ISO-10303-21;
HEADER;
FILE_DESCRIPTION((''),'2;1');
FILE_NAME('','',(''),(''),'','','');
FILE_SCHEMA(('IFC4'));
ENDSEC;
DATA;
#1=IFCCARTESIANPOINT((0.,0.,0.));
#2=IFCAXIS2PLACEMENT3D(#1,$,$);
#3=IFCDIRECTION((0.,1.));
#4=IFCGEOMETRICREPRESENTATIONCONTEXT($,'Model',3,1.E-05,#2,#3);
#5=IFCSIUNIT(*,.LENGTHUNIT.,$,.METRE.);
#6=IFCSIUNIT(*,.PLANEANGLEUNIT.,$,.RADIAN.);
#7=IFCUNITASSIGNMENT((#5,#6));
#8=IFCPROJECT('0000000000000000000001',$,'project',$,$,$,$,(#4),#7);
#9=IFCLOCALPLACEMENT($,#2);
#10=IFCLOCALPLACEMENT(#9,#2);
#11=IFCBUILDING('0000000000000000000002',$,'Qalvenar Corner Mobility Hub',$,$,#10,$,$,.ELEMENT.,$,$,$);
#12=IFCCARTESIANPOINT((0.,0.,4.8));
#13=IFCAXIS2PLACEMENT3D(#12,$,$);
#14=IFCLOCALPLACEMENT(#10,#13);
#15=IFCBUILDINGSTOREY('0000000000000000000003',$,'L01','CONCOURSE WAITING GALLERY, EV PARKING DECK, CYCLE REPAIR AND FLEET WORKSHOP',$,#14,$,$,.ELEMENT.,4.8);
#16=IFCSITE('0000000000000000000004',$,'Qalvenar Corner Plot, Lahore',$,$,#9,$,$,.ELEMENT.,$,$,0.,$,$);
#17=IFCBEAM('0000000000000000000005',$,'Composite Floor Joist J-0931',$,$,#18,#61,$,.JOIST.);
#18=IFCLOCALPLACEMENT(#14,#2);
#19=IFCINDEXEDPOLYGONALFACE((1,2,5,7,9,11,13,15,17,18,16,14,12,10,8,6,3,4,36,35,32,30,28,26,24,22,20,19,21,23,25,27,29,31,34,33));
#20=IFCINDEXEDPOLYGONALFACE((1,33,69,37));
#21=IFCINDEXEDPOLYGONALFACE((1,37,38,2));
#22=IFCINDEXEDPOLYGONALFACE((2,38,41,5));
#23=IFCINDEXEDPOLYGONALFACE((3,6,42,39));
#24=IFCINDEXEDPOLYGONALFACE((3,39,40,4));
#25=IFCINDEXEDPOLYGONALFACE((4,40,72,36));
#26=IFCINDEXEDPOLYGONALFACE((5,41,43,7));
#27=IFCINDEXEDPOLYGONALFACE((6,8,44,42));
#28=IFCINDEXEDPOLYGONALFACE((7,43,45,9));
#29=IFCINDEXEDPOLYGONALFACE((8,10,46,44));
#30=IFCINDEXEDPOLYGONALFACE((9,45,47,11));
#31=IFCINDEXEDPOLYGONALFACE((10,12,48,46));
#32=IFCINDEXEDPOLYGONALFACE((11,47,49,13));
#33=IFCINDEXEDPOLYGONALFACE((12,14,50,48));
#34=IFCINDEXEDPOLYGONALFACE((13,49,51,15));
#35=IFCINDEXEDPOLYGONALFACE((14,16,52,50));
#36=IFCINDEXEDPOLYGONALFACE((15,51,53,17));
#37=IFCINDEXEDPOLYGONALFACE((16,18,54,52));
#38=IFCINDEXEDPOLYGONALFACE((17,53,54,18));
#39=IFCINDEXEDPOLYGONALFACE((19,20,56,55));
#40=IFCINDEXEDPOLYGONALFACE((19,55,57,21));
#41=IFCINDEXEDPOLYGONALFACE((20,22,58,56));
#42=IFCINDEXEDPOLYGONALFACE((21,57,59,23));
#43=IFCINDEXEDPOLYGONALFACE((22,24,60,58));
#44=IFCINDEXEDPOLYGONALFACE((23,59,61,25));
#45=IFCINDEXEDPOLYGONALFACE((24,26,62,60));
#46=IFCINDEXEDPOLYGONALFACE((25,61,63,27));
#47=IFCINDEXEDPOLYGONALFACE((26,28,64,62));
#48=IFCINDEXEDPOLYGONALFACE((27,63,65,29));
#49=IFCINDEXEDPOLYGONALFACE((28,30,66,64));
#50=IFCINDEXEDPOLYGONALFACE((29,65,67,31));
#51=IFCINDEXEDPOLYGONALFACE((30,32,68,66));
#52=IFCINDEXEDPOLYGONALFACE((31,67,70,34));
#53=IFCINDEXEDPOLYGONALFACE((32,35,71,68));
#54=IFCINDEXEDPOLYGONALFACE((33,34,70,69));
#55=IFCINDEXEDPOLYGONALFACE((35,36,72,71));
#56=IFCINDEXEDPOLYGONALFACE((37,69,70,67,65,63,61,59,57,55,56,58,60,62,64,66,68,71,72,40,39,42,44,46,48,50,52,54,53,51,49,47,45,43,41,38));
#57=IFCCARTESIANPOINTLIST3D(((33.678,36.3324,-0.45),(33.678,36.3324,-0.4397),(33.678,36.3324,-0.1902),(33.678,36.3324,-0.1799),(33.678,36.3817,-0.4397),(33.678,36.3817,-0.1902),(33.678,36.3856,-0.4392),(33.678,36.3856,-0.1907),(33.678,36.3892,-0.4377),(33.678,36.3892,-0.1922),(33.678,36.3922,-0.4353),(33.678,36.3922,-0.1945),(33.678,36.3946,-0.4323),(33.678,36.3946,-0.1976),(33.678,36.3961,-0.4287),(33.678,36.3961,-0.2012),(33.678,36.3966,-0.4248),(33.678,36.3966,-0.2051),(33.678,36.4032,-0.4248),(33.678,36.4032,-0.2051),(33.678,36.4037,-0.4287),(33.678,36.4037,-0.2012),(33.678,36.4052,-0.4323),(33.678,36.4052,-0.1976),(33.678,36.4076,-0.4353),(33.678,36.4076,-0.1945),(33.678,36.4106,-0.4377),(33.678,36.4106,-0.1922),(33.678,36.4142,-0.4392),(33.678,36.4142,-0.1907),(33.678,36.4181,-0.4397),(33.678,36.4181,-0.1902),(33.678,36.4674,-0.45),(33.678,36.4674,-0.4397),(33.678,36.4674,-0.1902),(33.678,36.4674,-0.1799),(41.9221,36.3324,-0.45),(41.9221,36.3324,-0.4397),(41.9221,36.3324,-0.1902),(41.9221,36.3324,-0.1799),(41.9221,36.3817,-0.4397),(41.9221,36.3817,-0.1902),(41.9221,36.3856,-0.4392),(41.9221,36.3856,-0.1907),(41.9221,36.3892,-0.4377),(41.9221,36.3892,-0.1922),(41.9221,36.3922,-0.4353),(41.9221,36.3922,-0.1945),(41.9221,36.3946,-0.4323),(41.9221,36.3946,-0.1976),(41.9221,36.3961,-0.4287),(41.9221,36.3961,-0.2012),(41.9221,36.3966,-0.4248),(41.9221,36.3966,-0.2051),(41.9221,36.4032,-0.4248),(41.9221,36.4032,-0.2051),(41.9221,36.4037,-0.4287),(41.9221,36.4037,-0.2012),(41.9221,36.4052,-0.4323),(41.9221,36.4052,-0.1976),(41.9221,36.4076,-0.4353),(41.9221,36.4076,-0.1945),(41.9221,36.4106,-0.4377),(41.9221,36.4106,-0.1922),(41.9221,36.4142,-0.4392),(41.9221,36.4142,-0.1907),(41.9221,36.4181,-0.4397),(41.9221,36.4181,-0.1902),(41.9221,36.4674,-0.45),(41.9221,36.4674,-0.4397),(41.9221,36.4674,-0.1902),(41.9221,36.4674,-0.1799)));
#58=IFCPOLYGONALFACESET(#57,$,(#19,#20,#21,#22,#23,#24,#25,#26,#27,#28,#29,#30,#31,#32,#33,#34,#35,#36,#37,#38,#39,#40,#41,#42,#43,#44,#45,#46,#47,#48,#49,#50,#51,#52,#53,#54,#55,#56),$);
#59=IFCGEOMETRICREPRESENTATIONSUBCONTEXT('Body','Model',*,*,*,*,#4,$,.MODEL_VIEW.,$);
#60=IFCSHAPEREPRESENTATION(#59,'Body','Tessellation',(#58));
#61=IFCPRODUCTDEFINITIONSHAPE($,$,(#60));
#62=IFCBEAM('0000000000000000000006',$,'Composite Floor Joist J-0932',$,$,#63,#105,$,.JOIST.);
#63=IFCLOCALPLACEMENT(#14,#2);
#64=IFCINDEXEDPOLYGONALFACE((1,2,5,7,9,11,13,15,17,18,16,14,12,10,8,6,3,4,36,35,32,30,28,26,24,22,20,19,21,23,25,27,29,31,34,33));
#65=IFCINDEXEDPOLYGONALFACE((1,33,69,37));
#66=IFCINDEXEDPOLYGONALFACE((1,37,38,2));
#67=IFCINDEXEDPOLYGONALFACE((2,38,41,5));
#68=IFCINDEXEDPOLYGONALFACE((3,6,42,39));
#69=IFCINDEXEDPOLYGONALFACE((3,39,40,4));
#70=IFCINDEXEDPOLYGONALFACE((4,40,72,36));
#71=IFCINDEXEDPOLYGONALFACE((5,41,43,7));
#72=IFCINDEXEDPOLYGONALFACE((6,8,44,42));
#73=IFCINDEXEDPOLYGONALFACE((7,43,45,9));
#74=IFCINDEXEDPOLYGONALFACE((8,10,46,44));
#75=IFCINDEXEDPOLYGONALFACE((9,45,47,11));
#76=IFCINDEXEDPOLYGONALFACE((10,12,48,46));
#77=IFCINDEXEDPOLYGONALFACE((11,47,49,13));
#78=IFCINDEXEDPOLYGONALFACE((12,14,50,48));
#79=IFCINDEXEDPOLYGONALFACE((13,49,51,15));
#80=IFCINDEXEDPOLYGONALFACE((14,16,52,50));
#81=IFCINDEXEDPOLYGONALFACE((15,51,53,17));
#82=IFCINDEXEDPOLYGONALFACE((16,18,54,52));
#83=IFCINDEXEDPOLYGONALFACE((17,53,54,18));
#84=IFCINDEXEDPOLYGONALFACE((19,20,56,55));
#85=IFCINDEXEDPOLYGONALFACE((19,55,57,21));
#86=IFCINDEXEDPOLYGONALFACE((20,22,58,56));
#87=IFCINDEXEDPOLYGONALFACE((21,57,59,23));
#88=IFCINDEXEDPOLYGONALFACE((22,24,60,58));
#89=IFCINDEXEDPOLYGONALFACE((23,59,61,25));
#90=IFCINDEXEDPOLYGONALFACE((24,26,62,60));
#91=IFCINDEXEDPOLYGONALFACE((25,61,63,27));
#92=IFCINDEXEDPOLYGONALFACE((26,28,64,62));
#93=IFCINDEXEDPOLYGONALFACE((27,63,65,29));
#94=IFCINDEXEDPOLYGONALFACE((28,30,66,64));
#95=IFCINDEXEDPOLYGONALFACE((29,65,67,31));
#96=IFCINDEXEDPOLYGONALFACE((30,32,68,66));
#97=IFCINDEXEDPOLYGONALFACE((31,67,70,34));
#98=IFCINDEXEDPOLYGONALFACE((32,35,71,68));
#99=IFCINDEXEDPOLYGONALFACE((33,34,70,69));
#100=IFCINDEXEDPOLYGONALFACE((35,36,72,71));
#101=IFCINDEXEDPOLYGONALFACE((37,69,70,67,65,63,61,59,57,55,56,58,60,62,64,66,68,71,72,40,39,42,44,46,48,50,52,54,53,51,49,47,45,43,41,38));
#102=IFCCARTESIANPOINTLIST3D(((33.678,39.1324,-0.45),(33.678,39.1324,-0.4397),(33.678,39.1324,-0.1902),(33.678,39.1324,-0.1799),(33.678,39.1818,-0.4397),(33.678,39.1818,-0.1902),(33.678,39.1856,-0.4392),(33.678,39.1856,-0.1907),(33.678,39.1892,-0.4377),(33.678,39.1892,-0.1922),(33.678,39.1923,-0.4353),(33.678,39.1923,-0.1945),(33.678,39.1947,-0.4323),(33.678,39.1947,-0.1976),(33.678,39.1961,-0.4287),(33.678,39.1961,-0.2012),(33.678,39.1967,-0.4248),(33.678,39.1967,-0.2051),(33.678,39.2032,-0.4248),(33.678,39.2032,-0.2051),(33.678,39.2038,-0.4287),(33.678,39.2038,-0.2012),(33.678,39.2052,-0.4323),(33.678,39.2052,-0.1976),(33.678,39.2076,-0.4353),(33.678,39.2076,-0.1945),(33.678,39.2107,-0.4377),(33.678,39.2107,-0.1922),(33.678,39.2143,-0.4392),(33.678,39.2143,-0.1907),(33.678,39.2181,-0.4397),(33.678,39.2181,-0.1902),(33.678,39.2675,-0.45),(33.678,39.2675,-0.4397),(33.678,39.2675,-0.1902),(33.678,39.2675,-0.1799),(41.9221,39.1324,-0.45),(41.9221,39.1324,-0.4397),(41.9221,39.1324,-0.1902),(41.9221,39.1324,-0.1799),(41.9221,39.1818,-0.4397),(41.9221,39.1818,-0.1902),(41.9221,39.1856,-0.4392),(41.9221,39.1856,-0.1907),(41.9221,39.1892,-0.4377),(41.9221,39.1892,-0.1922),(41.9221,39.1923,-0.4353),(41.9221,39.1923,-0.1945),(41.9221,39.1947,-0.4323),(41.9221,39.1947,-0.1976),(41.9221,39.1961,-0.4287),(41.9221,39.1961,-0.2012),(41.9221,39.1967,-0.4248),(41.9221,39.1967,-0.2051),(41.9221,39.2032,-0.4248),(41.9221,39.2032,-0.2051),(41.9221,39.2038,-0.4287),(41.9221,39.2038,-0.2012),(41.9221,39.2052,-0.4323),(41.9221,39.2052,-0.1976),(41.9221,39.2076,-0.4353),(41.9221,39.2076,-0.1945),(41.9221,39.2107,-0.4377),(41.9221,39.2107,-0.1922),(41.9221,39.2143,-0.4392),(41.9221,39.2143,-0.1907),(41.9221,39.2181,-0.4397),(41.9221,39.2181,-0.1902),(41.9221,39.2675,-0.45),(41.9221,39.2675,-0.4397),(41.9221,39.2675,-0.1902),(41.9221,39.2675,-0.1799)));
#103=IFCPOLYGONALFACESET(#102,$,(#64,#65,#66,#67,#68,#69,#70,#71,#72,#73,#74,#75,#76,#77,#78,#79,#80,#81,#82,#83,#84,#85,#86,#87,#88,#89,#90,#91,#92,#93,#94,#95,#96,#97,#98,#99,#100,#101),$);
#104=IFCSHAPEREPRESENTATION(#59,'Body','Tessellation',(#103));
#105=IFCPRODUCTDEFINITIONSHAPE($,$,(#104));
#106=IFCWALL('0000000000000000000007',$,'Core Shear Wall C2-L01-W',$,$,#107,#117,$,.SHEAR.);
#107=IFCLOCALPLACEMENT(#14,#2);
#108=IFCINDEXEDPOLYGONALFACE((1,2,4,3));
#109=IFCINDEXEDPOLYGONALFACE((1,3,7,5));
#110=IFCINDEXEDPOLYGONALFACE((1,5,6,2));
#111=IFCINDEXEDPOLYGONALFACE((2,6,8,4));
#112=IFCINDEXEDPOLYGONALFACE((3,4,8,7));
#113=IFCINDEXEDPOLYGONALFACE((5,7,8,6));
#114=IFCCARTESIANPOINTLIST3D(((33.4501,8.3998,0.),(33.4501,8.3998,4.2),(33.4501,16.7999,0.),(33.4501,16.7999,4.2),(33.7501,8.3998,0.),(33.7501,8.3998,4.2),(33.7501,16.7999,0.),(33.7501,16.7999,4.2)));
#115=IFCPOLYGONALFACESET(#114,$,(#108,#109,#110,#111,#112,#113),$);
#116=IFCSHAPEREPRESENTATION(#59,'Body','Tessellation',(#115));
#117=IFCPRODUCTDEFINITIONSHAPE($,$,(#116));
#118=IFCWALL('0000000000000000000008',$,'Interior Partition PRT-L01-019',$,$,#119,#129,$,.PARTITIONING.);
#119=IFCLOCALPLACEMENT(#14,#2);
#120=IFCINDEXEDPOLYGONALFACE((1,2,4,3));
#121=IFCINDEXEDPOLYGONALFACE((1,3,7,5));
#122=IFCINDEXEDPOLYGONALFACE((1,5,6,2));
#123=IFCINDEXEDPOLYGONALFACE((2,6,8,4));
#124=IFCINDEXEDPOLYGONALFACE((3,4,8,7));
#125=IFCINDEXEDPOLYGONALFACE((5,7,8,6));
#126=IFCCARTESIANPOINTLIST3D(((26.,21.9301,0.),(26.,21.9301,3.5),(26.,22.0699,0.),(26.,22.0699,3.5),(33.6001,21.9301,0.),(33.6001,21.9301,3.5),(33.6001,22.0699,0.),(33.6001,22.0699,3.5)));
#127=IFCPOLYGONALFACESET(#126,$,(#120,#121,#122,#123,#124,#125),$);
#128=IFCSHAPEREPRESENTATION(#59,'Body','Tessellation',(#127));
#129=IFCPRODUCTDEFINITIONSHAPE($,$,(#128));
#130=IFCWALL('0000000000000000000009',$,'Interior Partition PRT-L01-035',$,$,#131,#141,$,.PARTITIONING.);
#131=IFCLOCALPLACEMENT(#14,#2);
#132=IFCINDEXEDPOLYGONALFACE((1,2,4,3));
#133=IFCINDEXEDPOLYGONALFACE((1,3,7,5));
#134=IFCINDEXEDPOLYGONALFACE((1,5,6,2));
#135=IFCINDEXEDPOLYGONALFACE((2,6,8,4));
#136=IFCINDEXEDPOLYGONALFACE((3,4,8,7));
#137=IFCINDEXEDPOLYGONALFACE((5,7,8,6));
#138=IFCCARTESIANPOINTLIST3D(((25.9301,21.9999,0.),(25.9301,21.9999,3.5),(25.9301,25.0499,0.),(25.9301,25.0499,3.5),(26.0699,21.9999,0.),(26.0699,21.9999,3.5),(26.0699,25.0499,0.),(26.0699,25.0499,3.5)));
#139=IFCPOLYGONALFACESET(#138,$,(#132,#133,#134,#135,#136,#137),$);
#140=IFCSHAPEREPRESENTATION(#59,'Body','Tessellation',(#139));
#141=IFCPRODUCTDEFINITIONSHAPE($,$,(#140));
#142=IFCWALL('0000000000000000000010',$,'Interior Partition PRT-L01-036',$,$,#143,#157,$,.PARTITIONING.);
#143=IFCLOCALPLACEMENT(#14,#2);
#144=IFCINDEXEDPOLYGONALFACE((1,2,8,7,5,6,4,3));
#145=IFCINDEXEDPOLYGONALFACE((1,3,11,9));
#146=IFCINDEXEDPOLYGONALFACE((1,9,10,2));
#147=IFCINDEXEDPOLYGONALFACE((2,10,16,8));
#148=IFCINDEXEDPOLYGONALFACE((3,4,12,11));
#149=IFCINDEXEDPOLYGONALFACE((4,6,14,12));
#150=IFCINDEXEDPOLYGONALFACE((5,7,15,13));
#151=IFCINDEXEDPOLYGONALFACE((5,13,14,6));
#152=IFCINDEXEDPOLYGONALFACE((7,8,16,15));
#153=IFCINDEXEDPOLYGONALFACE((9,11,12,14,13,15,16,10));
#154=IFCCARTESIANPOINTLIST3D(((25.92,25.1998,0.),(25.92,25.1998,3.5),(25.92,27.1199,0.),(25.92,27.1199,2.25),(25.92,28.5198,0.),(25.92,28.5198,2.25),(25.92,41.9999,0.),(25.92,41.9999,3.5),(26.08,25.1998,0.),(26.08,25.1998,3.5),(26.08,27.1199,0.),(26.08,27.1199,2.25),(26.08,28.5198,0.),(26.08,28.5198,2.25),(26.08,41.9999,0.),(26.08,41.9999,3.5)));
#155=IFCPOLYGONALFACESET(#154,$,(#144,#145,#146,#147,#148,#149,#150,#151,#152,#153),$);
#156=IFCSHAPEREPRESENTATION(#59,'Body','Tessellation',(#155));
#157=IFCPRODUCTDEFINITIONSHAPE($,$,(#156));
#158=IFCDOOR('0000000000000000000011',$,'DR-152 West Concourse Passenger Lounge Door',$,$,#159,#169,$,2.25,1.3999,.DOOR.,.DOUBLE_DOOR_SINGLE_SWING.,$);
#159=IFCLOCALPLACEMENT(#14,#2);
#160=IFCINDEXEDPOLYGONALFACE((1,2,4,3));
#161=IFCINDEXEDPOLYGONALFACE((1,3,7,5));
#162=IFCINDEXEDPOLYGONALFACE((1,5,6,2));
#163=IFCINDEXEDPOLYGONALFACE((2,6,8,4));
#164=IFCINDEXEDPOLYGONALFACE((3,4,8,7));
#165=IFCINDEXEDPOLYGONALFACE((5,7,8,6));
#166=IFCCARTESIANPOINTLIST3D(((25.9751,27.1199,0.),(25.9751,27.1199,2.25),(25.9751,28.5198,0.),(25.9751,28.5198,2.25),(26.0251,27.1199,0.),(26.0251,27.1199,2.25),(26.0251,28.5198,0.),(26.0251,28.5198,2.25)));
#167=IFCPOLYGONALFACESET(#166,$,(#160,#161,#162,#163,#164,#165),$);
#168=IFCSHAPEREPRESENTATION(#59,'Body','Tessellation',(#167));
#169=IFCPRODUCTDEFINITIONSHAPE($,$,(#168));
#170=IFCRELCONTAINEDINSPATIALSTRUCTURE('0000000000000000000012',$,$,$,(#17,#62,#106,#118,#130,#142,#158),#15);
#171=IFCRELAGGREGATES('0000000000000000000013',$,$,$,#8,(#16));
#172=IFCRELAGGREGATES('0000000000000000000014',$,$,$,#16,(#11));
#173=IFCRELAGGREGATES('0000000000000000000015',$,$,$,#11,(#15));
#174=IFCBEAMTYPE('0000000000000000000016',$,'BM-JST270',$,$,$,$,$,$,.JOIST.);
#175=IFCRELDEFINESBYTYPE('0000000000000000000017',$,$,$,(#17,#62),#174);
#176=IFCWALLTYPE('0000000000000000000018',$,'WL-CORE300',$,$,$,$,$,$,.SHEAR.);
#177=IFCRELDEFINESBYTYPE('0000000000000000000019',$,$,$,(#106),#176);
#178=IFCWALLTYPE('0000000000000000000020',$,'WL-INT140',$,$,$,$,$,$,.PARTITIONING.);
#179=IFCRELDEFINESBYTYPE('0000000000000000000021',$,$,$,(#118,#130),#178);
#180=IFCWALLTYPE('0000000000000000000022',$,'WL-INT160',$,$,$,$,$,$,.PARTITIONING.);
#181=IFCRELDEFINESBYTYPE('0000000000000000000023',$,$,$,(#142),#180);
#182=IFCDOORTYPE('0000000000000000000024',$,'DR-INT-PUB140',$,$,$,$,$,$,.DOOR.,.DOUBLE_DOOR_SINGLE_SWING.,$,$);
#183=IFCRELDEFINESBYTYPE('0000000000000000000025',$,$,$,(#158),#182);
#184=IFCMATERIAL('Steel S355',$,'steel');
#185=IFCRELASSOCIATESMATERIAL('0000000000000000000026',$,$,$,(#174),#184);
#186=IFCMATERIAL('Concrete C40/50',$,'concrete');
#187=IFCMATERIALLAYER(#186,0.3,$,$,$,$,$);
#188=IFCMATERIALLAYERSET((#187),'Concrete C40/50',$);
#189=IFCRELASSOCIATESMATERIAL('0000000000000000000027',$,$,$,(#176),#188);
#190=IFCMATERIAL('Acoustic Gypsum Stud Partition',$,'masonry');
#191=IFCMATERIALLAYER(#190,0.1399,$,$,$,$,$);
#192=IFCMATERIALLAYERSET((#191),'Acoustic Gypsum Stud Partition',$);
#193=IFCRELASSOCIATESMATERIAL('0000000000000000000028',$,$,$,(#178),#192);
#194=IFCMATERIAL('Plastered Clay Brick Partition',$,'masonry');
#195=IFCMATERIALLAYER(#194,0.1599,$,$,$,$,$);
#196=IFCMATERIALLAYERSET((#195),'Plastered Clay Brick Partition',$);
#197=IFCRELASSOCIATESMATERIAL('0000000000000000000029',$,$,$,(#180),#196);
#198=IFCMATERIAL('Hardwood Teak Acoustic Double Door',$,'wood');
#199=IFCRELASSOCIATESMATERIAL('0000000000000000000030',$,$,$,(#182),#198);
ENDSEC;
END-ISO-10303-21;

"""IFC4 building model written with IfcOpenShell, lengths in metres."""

from ifc_helpers import new_model, si_unit, direction, frame, frame_2d, origin, origin_2d, place, context, subcontext, project, spatial, rectangle, i_section, extrude, material, layer, layer_set, material_profile, profile_set, type_object, element, fill, save


model = new_model("IFC4")

# Units and contexts
model_context = context("Model", 3, precision=1e-05, world=origin(), true_north=direction((0.0, 1.0)))
body_context = subcontext(model_context, "Body", "Model", "MODEL_VIEW")
ifc_project = project(units=[si_unit("LENGTHUNIT", "METRE"), si_unit("PLANEANGLEUNIT", "RADIAN")], contexts=[model_context])

# Site, building, storey
site_placement = place(None, origin())
site = spatial("IfcSite", under=ifc_project, at=site_placement, Name="Qalvenar Corner Plot, Lahore", CompositionType="ELEMENT", RefElevation=0.0)
building_placement = place(site_placement, origin())
building = spatial("IfcBuilding", under=site, at=building_placement, Name="Qalvenar Corner Mobility Hub", CompositionType="ELEMENT")
storey_placement = place(building_placement, frame((0.0, 0.0, 4.8)))
storey = spatial("IfcBuildingStorey", under=building, at=storey_placement, Name="L01", Description="CONCOURSE WAITING GALLERY, EV PARKING DECK, CYCLE REPAIR AND FLEET WORKSHOP", CompositionType="ELEMENT", Elevation=4.8)

# Shared definitions
ifc_material_1 = material(Name="Steel S355", Category="steel")

# Beams
ifc_material_profile_1 = material_profile(ifc_material_1, i_section(OverallWidth=0.135, OverallDepth=0.27, WebThickness=0.0066, FlangeThickness=0.0103, FilletRadius=0.0149, at=origin_2d()), Name="IPE270")
ifc_profile_set_1 = profile_set([ifc_material_profile_1], Name="Steel S355")
beam_type_1 = type_object("IfcBeamType", Name="BM-JST270", PredefinedType="JOIST", material=ifc_profile_set_1)
for number, where, z_axis, x_axis, name in (
    (1, (33.678, 36.3999, -0.3149), (1.0, 0.0, 0.0), (0.0, 1.0, 0.0), "Composite Floor Joist J-0931"),
    (2, (33.678, 39.2, -0.3149), (1.0, 0.0, 0.0), (0.0, 1.0, 0.0), "Composite Floor Joist J-0932"),
):
    element("IfcBeam", number, at=place(storey_placement, frame(where, z_axis=z_axis, x_axis=x_axis)), inside=storey, type_object=beam_type_1, Name=name, PredefinedType="JOIST", context=body_context, shape_type="SweptSolid", body=[
        extrude(i_section(OverallWidth=0.135, OverallDepth=0.27, WebThickness=0.0066, FlangeThickness=0.0103, FilletRadius=0.0149, at=origin_2d()), origin(), (0.0, 0.0, 1.0), 8.2441),
    ])

# Walls
ifc_material_2 = material(Name="Concrete C40/50", Category="concrete")
ifc_layer_1 = layer(ifc_material_2, 0.3)
ifc_layer_set_1 = layer_set([ifc_layer_1], Name="Concrete C40/50")
wall_type_1 = type_object("IfcWallType", Name="WL-CORE300", PredefinedType="SHEAR", material=ifc_layer_set_1)
wall_1_placement = place(storey_placement, frame((33.6001, 16.8, 0.0), z_axis=(0.0, 0.0, 1.0), x_axis=(0.0, -1.0, 0.0)))
element("IfcWall", 3, at=wall_1_placement, inside=storey, type_object=wall_type_1, Name="Core Shear Wall C2-L01-W", PredefinedType="SHEAR", context=body_context, shape_type="SweptSolid", body=[
    extrude(rectangle(XDim=8.4001, YDim=0.3, at=frame_2d((4.2002, 0.0))), origin(), (0.0, 0.0, 1.0), 4.2),
])
ifc_material_3 = material(Name="Acoustic Gypsum Stud Partition", Category="masonry")
ifc_layer_2 = layer(ifc_material_3, 0.1399)
ifc_layer_set_2 = layer_set([ifc_layer_2], Name="Acoustic Gypsum Stud Partition")
wall_type_2 = type_object("IfcWallType", Name="WL-INT140", PredefinedType="PARTITIONING", material=ifc_layer_set_2)
wall_2_placement = place(storey_placement, frame((26.0, 22.0, 0.0), z_axis=(0.0, 0.0, 1.0), x_axis=(1.0, 0.0, 0.0)))
element("IfcWall", 4, at=wall_2_placement, inside=storey, type_object=wall_type_2, Name="Interior Partition PRT-L01-019", PredefinedType="PARTITIONING", context=body_context, shape_type="SweptSolid", body=[
    extrude(rectangle(XDim=7.6001, YDim=0.1399, at=frame_2d((3.8, 0.0))), origin(), (0.0, 0.0, 1.0), 3.5),
])
wall_3_placement = place(storey_placement, frame((26.0, 22.0, 0.0), z_axis=(0.0, 0.0, 1.0), x_axis=(0.0, 1.0, 0.0)))
element("IfcWall", 5, at=wall_3_placement, inside=storey, type_object=wall_type_2, Name="Interior Partition PRT-L01-035", PredefinedType="PARTITIONING", context=body_context, shape_type="SweptSolid", body=[
    extrude(rectangle(XDim=3.05, YDim=0.1399, at=frame_2d((1.5249, 0.0))), origin(), (0.0, 0.0, 1.0), 3.5),
])

# Wall, opening, door
ifc_material_4 = material(Name="Plastered Clay Brick Partition", Category="masonry")
ifc_layer_3 = layer(ifc_material_4, 0.1599)
ifc_layer_set_3 = layer_set([ifc_layer_3], Name="Plastered Clay Brick Partition")
wall_type_3 = type_object("IfcWallType", Name="WL-INT160", PredefinedType="PARTITIONING", material=ifc_layer_set_3)
wall_4_placement = place(storey_placement, frame((26.0, 25.2, 0.0), z_axis=(0.0, 0.0, 1.0), x_axis=(0.0, 1.0, 0.0)))
wall_4 = element("IfcWall", 6, at=wall_4_placement, inside=storey, type_object=wall_type_3, Name="Interior Partition PRT-L01-036", PredefinedType="PARTITIONING", context=body_context, shape_type="SweptSolid", body=[
    extrude(rectangle(XDim=16.8, YDim=0.1599, at=frame_2d((8.3999, 0.0))), origin(), (0.0, 0.0, 1.0), 3.5),
])
opening_placement = place(wall_4_placement, frame((1.9199, 0.0, 0.0)))
opening = element("IfcOpeningElement", 7, at=opening_placement, cuts=wall_4, PredefinedType="OPENING", context=body_context, shape_type="SweptSolid", body=[
    extrude(rectangle(XDim=1.3999, YDim=2.25, at=frame_2d((0.7, 1.125))), frame((0.0, 0.0898, 0.0), z_axis=(0.0, -1.0, 0.0), x_axis=(1.0, 0.0, 0.0)), (0.0, 0.0, 1.0), 0.1799),
])
ifc_material_5 = material(Name="Hardwood Teak Acoustic Double Door", Category="wood")
door_type = type_object("IfcDoorType", Name="DR-INT-PUB140", OperationType="DOUBLE_DOOR_SINGLE_SWING", PredefinedType="DOOR", material=ifc_material_5)
door_placement = place(opening_placement, origin())
door = element("IfcDoor", 8, at=door_placement, inside=storey, type_object=door_type, Name="DR-152 West Concourse Passenger Lounge Door", OperationType="DOUBLE_DOOR_SINGLE_SWING", OverallHeight=2.25, OverallWidth=1.3999, PredefinedType="DOOR", context=body_context, shape_type="SweptSolid", body=[
    extrude(rectangle(XDim=1.3999, YDim=2.25, at=frame_2d((0.7, 1.125))), frame((0.0, 0.0249, 0.0), z_axis=(0.0, -1.0, 0.0), x_axis=(1.0, 0.0, 0.0)), (0.0, 0.0, 1.0), 0.05),
])
fill(opening, door)

save(model, "model.ifc")
